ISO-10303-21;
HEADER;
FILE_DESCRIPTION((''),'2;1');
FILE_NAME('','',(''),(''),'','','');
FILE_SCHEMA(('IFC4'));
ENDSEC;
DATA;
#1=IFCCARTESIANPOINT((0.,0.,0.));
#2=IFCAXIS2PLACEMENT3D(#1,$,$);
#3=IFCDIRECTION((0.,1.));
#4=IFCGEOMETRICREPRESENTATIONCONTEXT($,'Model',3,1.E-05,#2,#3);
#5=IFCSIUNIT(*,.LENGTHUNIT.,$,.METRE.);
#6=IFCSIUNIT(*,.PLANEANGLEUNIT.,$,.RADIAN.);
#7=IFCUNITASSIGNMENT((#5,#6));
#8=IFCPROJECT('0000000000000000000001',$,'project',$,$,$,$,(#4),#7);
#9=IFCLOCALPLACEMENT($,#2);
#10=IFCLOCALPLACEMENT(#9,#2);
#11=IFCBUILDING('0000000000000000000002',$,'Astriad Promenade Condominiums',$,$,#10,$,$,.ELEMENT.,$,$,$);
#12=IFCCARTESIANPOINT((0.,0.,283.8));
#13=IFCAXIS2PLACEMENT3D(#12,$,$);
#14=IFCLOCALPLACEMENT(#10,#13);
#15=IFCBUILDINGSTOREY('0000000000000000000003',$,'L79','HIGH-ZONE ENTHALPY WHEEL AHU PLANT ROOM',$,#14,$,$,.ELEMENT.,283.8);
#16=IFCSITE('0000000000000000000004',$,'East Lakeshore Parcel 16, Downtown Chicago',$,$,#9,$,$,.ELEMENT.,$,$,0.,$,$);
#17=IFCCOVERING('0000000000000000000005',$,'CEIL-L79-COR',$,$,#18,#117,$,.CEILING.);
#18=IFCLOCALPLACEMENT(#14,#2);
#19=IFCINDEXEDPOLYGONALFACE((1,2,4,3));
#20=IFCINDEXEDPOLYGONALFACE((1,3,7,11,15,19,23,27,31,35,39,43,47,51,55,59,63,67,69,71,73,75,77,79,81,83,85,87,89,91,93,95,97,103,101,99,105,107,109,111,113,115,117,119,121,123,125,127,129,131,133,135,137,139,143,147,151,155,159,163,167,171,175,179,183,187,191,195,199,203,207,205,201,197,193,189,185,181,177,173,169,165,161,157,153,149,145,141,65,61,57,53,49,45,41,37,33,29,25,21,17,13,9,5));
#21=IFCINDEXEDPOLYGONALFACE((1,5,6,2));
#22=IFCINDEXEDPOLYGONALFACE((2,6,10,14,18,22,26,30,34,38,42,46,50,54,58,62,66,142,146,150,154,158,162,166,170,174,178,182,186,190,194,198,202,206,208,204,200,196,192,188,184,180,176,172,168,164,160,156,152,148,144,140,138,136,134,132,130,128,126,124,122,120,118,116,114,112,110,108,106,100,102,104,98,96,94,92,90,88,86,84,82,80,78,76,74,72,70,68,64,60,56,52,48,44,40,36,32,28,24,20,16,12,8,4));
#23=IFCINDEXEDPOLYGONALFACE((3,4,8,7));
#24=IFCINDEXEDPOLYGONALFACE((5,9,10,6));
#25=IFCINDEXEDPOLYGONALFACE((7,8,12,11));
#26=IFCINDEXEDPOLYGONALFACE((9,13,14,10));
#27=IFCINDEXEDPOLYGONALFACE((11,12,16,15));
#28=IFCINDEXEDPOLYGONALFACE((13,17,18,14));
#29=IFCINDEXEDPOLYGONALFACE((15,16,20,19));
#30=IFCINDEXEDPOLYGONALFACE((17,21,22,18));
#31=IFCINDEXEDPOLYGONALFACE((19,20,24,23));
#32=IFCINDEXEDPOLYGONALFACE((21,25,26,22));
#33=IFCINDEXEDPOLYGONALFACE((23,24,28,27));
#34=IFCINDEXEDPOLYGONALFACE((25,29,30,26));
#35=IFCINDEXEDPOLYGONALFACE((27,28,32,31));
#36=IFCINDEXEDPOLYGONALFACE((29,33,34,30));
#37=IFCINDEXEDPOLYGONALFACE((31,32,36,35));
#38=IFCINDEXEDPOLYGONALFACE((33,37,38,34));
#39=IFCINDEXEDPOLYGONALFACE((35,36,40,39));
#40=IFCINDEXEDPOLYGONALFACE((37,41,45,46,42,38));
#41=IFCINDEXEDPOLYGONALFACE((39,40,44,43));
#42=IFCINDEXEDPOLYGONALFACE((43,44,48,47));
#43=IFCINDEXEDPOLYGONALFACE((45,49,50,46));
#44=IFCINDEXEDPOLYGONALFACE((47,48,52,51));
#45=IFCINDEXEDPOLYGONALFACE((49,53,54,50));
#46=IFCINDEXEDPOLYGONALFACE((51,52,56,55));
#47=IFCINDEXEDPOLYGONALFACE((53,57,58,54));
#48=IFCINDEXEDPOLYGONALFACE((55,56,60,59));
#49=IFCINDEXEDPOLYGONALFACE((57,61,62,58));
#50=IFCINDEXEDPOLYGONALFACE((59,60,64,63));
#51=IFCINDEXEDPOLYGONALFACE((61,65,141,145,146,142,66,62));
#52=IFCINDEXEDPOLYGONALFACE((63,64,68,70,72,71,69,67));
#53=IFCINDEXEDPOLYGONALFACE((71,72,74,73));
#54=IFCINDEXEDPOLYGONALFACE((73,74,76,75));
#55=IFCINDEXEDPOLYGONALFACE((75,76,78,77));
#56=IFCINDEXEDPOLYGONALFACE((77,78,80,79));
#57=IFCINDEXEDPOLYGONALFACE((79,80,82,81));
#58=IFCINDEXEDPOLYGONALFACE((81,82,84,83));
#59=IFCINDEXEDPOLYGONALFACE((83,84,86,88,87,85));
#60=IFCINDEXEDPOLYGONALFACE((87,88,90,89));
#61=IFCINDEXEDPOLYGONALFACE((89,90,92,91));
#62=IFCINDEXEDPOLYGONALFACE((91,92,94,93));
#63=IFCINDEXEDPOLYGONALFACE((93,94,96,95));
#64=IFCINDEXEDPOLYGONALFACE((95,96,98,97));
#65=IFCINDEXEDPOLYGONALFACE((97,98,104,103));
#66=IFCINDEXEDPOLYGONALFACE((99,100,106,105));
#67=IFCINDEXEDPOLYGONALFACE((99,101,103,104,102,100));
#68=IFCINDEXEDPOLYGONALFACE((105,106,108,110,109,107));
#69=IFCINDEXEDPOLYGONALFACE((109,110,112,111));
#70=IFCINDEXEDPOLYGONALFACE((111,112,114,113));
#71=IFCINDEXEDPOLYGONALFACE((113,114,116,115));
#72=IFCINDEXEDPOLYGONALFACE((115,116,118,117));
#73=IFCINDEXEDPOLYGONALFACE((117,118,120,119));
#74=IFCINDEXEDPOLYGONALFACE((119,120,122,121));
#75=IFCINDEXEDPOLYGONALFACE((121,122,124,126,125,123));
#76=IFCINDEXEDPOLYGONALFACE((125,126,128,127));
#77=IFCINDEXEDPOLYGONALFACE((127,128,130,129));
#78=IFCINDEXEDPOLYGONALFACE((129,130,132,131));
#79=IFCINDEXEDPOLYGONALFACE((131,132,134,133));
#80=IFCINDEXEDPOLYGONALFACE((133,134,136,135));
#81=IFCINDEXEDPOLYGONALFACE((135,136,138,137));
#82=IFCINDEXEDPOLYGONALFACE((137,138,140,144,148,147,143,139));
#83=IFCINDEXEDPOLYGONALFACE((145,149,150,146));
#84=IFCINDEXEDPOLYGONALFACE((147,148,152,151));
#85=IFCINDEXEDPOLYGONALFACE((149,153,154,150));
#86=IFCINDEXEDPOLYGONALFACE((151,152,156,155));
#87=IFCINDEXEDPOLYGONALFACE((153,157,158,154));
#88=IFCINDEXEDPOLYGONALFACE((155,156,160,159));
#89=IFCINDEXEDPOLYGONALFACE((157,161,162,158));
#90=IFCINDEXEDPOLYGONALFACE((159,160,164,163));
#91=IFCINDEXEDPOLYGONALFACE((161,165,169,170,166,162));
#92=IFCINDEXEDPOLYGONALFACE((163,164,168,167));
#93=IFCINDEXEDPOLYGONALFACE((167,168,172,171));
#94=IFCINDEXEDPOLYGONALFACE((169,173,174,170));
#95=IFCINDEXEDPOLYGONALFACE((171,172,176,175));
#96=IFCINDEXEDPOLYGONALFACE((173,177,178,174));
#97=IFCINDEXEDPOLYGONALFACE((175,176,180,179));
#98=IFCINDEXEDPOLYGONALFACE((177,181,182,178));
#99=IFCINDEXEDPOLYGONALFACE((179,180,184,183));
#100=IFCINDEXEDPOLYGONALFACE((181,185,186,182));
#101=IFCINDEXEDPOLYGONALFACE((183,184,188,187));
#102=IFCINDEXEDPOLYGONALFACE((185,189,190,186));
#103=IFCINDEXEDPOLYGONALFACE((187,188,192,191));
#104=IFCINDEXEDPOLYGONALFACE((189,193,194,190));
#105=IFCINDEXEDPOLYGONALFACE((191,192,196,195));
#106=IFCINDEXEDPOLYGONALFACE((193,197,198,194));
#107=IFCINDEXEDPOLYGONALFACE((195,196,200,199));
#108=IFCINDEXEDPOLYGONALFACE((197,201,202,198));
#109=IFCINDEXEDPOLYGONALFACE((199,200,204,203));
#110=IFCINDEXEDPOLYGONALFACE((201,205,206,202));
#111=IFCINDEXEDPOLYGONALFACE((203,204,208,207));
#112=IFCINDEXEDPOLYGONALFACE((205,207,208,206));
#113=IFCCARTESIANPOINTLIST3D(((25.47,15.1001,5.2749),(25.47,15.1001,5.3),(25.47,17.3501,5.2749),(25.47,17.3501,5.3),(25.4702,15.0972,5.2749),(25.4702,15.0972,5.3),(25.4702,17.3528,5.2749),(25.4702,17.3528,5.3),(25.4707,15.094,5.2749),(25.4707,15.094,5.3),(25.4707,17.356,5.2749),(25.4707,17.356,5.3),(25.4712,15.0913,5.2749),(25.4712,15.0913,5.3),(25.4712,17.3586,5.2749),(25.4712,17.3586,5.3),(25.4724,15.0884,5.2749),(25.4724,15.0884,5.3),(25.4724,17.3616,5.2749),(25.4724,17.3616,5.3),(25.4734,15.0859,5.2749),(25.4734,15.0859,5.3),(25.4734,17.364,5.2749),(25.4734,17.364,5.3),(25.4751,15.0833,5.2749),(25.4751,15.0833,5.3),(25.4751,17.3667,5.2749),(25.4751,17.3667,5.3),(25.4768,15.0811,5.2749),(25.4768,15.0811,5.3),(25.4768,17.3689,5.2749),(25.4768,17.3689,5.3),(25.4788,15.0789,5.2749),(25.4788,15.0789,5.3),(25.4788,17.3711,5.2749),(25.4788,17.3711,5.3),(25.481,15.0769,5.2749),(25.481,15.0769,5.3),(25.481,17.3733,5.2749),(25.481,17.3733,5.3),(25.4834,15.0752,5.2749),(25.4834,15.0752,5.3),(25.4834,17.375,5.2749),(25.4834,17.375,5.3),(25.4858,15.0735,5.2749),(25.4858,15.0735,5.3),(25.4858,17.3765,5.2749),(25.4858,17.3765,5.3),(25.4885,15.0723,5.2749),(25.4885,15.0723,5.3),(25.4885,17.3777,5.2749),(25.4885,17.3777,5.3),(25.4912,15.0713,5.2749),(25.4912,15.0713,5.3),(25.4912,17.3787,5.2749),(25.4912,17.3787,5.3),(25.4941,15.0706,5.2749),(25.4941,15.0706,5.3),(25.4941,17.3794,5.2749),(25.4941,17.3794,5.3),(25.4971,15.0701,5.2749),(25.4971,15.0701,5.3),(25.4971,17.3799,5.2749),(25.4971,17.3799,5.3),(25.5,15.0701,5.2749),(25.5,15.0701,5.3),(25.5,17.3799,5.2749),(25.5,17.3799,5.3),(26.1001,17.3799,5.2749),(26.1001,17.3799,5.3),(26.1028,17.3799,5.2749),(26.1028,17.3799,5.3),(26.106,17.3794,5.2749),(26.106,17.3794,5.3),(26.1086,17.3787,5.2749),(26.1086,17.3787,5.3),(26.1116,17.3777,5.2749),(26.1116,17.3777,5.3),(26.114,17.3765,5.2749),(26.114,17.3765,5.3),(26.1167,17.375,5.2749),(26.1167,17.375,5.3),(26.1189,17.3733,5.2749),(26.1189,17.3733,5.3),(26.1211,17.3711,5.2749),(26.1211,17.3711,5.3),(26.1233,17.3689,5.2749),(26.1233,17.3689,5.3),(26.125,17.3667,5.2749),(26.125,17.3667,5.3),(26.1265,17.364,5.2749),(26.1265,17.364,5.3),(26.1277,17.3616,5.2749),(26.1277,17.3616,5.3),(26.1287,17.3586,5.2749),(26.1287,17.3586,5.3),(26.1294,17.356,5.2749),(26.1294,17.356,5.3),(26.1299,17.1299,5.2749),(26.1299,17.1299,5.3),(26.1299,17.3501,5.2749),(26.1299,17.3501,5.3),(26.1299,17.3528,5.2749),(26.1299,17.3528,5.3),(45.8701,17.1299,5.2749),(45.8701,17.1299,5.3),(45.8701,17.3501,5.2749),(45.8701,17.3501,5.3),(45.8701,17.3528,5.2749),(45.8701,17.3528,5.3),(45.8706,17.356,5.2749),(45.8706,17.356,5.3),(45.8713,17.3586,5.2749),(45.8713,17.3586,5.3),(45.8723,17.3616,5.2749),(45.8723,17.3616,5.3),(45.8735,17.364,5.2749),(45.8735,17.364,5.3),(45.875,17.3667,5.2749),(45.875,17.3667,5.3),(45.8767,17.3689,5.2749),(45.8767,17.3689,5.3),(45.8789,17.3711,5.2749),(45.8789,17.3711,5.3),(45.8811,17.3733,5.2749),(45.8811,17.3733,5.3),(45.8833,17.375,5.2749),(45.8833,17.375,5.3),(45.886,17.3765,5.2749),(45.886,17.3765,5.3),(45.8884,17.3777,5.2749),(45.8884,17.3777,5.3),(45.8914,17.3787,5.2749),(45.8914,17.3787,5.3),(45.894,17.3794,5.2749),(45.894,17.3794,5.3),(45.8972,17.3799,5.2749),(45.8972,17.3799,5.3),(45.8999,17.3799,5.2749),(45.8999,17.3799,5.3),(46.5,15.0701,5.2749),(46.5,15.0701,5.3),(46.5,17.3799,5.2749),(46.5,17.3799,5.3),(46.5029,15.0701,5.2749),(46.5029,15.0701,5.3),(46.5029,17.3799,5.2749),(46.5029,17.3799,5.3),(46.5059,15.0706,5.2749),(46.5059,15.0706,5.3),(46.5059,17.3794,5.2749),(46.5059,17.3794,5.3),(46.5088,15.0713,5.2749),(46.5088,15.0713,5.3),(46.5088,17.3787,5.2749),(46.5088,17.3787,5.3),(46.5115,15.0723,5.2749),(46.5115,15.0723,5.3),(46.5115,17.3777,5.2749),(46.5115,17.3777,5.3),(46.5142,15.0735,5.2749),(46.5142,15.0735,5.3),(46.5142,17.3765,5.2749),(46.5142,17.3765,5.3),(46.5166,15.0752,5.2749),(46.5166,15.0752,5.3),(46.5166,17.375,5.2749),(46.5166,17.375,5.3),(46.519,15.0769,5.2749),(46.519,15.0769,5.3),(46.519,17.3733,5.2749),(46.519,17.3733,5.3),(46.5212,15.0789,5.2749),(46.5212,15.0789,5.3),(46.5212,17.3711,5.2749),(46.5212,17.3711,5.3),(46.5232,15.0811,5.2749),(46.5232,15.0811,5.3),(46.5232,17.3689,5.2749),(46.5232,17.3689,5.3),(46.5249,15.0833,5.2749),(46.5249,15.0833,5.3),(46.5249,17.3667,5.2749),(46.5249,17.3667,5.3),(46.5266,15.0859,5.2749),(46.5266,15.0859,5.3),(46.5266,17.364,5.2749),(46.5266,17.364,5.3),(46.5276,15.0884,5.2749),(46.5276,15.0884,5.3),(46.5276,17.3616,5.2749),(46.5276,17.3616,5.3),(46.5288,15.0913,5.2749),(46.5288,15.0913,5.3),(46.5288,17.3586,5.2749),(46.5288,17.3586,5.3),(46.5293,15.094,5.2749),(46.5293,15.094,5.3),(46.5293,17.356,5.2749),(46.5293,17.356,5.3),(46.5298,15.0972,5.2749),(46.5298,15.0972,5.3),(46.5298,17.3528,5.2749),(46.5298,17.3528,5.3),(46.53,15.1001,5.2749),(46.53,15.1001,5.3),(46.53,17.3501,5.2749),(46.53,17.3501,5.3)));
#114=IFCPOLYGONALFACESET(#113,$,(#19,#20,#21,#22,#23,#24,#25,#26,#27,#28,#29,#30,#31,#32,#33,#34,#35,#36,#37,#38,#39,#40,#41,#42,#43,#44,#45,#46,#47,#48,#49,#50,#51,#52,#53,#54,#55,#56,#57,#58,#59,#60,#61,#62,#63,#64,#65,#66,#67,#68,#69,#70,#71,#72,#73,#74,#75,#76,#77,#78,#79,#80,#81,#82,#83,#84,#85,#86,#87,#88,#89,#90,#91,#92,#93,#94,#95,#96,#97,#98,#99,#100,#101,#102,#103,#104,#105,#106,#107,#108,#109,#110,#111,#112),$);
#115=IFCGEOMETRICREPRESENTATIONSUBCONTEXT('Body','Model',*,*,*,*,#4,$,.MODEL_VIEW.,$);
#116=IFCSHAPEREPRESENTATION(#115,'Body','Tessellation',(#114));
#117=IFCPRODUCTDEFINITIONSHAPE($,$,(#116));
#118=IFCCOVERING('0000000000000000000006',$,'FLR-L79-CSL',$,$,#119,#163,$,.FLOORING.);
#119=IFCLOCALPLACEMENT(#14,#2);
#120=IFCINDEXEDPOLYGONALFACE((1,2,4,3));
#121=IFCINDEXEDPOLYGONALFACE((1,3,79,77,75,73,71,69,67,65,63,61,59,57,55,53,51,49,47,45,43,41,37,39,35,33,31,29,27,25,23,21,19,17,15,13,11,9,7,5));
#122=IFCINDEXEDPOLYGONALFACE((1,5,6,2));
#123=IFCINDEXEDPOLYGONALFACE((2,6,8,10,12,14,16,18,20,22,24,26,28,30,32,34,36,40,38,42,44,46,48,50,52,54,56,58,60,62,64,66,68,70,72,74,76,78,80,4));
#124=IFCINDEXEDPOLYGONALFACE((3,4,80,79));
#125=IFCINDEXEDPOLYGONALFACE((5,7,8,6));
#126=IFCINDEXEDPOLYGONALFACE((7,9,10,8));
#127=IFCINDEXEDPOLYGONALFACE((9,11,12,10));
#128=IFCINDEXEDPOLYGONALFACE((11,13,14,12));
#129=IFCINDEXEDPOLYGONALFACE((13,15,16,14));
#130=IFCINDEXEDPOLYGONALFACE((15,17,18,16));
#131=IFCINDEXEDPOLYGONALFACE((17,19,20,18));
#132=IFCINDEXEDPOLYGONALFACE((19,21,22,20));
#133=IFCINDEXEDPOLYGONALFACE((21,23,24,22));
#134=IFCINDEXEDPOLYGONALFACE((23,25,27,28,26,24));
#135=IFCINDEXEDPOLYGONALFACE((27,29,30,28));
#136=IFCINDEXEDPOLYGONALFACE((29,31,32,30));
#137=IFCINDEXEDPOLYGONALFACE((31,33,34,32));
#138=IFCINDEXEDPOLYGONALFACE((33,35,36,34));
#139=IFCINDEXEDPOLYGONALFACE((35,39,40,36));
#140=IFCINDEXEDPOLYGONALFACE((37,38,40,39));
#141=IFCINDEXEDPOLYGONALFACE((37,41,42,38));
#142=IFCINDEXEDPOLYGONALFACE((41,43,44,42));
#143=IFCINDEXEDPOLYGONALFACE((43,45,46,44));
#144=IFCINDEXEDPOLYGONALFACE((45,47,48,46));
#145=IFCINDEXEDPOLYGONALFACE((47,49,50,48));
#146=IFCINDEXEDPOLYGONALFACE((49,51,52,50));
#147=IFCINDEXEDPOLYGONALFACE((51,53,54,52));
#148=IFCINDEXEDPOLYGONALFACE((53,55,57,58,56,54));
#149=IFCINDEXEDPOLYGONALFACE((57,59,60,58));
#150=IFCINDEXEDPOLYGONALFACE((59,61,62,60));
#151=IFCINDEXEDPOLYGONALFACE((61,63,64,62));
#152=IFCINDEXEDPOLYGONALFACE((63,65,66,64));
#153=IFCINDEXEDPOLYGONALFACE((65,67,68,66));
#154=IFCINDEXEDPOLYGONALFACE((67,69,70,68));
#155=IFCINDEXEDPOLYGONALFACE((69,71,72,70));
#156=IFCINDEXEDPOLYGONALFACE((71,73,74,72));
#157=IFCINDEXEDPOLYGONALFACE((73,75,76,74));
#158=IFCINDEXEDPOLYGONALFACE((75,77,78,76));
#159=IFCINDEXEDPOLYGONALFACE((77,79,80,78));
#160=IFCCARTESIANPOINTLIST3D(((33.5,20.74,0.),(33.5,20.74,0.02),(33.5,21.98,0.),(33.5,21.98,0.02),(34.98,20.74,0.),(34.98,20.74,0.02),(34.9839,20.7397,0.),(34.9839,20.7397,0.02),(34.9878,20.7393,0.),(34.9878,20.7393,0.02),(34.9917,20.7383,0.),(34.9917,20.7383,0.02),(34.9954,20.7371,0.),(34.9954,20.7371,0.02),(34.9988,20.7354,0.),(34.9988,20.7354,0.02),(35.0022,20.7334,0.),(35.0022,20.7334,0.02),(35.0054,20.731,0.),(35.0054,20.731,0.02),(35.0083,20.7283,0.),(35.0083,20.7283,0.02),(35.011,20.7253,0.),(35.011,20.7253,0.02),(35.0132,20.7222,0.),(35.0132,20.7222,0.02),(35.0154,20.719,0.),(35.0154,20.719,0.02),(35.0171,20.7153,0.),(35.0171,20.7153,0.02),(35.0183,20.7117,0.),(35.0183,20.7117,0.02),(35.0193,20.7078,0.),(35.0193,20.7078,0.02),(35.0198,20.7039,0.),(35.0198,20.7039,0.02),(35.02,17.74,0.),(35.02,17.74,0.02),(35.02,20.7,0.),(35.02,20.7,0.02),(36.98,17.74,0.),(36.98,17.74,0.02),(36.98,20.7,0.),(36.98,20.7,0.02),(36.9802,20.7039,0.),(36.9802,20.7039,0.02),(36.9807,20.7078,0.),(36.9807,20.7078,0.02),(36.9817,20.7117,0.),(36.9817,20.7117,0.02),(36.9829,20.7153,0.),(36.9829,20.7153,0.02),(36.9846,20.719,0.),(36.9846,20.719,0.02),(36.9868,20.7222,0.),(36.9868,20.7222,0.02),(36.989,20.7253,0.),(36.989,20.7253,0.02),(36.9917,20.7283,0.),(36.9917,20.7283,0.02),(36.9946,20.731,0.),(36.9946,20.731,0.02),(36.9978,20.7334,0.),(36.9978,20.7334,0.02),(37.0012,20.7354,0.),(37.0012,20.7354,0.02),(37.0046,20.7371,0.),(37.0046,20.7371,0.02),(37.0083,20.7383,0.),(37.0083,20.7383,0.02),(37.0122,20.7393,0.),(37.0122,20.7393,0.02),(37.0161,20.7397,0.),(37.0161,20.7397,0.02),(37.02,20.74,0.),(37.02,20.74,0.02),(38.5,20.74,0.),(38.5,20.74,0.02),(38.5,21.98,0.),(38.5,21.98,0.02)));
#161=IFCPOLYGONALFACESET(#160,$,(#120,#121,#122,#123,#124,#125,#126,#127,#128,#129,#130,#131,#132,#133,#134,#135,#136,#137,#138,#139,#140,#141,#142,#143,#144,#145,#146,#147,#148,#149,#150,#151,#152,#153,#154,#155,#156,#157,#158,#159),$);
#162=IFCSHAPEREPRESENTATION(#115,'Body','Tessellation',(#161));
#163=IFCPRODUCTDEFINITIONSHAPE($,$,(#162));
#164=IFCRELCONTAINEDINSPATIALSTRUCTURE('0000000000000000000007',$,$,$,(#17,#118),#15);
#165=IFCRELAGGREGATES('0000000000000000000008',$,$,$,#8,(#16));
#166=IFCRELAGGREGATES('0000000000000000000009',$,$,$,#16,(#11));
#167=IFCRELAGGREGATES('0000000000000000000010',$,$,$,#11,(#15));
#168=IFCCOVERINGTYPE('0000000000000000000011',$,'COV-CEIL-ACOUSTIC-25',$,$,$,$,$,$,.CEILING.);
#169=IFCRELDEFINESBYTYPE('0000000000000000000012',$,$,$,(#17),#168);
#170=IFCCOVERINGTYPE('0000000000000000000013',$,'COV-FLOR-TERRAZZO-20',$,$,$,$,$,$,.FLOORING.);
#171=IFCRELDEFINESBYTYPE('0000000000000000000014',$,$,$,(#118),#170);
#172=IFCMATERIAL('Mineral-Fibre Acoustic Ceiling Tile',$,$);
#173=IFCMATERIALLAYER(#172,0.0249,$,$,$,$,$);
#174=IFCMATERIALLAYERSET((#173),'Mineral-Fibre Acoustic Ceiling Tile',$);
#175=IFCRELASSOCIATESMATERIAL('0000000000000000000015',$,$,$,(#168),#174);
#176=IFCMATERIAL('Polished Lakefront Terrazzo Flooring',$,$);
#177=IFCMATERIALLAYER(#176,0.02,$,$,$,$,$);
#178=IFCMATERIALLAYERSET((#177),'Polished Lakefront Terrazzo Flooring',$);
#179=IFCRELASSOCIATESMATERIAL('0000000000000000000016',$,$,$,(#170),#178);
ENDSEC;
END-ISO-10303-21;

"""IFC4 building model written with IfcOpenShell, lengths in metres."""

from ifc_helpers import new_model, si_unit, direction, frame, origin, place, context, subcontext, project, spatial, polyline, outline, extrude, material, layer, layer_set, type_object, element, save


model = new_model("IFC4")

# Units and contexts
model_context = context("Model", 3, precision=1e-05, world=origin(), true_north=direction((0.0, 1.0)))
body_context = subcontext(model_context, "Body", "Model", "MODEL_VIEW")
ifc_project = project(units=[si_unit("LENGTHUNIT", "METRE"), si_unit("PLANEANGLEUNIT", "RADIAN")], contexts=[model_context])

# Site, building, storey
site_placement = place(None, origin())
site = spatial("IfcSite", under=ifc_project, at=site_placement, Name="East Lakeshore Parcel 16, Downtown Chicago", CompositionType="ELEMENT", RefElevation=0.0)
building_placement = place(site_placement, origin())
building = spatial("IfcBuilding", under=site, at=building_placement, Name="Astriad Promenade Condominiums", CompositionType="ELEMENT")
storey_placement = place(building_placement, frame((0.0, 0.0, 283.8)))
storey = spatial("IfcBuildingStorey", under=building, at=storey_placement, Name="L79", Description="HIGH-ZONE ENTHALPY WHEEL AHU PLANT ROOM", CompositionType="ELEMENT", Elevation=283.8)

# Coverings
ifc_material_1 = material(Name="Mineral-Fibre Acoustic Ceiling Tile")
ifc_layer_1 = layer(ifc_material_1, 0.0249)
ifc_layer_set_1 = layer_set([ifc_layer_1], Name="Mineral-Fibre Acoustic Ceiling Tile")
covering_type_1 = type_object("IfcCoveringType", Name="COV-CEIL-ACOUSTIC-25", PredefinedType="CEILING", material=ifc_layer_set_1)
covering_1_placement = place(storey_placement, frame((0.0, 0.0, 5.2749)))
element("IfcCovering", 1, at=covering_1_placement, inside=storey, type_object=covering_type_1, Name="CEIL-L79-COR", PredefinedType="CEILING", context=body_context, shape_type="SweptSolid", body=[
    extrude(outline(polyline([(26.1299, 17.1299), (45.8701, 17.1299), (45.8701, 17.3501), (45.8701, 17.3528), (45.8706, 17.356), (45.8713, 17.3586), (45.8723, 17.3616), (45.8735, 17.364), (45.875, 17.3667), (45.8767, 17.3689), (45.8789, 17.3711), (45.8811, 17.3733), (45.8833, 17.375), (45.886, 17.3765), (45.8884, 17.3777), (45.8914, 17.3787), (45.894, 17.3794), (45.8972, 17.3799), (45.8999, 17.3799), (46.5, 17.3799), (46.5029, 17.3799), (46.5059, 17.3794), (46.5088, 17.3787), (46.5115, 17.3777), (46.5142, 17.3765), (46.5166, 17.375), (46.519, 17.3733), (46.5212, 17.3711), (46.5232, 17.3689), (46.5249, 17.3667), (46.5266, 17.364), (46.5276, 17.3616), (46.5288, 17.3586), (46.5293, 17.356), (46.5298, 17.3528), (46.53, 17.3501), (46.53, 15.1001), (46.5298, 15.0972), (46.5293, 15.094), (46.5288, 15.0913), (46.5276, 15.0884), (46.5266, 15.0859), (46.5249, 15.0833), (46.5232, 15.0811), (46.5212, 15.0789), (46.519, 15.0769), (46.5166, 15.0752), (46.5142, 15.0735), (46.5115, 15.0723), (46.5088, 15.0713), (46.5059, 15.0706), (46.5029, 15.0701), (46.5, 15.0701), (25.5, 15.0701), (25.4971, 15.0701), (25.4941, 15.0706), (25.4912, 15.0713), (25.4885, 15.0723), (25.4858, 15.0735), (25.4834, 15.0752), (25.481, 15.0769), (25.4788, 15.0789), (25.4768, 15.0811), (25.4751, 15.0833), (25.4734, 15.0859), (25.4724, 15.0884), (25.4712, 15.0913), (25.4707, 15.094), (25.4702, 15.0972), (25.47, 15.1001), (25.47, 17.3501), (25.4702, 17.3528), (25.4707, 17.356), (25.4712, 17.3586), (25.4724, 17.3616), (25.4734, 17.364), (25.4751, 17.3667), (25.4768, 17.3689), (25.4788, 17.3711), (25.481, 17.3733), (25.4834, 17.375), (25.4858, 17.3765), (25.4885, 17.3777), (25.4912, 17.3787), (25.4941, 17.3794), (25.4971, 17.3799), (25.5, 17.3799), (26.1001, 17.3799), (26.1028, 17.3799), (26.106, 17.3794), (26.1086, 17.3787), (26.1116, 17.3777), (26.114, 17.3765), (26.1167, 17.375), (26.1189, 17.3733), (26.1211, 17.3711), (26.1233, 17.3689), (26.125, 17.3667), (26.1265, 17.364), (26.1277, 17.3616), (26.1287, 17.3586), (26.1294, 17.356), (26.1299, 17.3528), (26.1299, 17.3501), (26.1299, 17.1299)])), origin(), (0.0, 0.0, 1.0), 0.0251),
])
ifc_material_2 = material(Name="Polished Lakefront Terrazzo Flooring")
ifc_layer_2 = layer(ifc_material_2, 0.02)
ifc_layer_set_2 = layer_set([ifc_layer_2], Name="Polished Lakefront Terrazzo Flooring")
covering_type_2 = type_object("IfcCoveringType", Name="COV-FLOR-TERRAZZO-20", PredefinedType="FLOORING", material=ifc_layer_set_2)
covering_2_placement = place(storey_placement, origin())
element("IfcCovering", 2, at=covering_2_placement, inside=storey, type_object=covering_type_2, Name="FLR-L79-CSL", PredefinedType="FLOORING", context=body_context, shape_type="SweptSolid", body=[
    extrude(outline(polyline([(36.98, 20.7), (36.98, 17.74), (35.02, 17.74), (35.02, 20.7), (35.0198, 20.7039), (35.0193, 20.7078), (35.0183, 20.7117), (35.0171, 20.7153), (35.0154, 20.719), (35.0132, 20.7222), (35.011, 20.7253), (35.0083, 20.7283), (35.0054, 20.731), (35.0022, 20.7334), (34.9988, 20.7354), (34.9954, 20.7371), (34.9917, 20.7383), (34.9878, 20.7393), (34.9839, 20.7397), (34.98, 20.74), (33.5, 20.74), (33.5, 21.98), (38.5, 21.98), (38.5, 20.74), (37.02, 20.74), (37.0161, 20.7397), (37.0122, 20.7393), (37.0083, 20.7383), (37.0046, 20.7371), (37.0012, 20.7354), (36.9978, 20.7334), (36.9946, 20.731), (36.9917, 20.7283), (36.989, 20.7253), (36.9868, 20.7222), (36.9846, 20.719), (36.9829, 20.7153), (36.9817, 20.7117), (36.9807, 20.7078), (36.9802, 20.7039), (36.98, 20.7)])), origin(), (0.0, 0.0, 1.0), 0.02),
])

save(model, "model.ifc")
